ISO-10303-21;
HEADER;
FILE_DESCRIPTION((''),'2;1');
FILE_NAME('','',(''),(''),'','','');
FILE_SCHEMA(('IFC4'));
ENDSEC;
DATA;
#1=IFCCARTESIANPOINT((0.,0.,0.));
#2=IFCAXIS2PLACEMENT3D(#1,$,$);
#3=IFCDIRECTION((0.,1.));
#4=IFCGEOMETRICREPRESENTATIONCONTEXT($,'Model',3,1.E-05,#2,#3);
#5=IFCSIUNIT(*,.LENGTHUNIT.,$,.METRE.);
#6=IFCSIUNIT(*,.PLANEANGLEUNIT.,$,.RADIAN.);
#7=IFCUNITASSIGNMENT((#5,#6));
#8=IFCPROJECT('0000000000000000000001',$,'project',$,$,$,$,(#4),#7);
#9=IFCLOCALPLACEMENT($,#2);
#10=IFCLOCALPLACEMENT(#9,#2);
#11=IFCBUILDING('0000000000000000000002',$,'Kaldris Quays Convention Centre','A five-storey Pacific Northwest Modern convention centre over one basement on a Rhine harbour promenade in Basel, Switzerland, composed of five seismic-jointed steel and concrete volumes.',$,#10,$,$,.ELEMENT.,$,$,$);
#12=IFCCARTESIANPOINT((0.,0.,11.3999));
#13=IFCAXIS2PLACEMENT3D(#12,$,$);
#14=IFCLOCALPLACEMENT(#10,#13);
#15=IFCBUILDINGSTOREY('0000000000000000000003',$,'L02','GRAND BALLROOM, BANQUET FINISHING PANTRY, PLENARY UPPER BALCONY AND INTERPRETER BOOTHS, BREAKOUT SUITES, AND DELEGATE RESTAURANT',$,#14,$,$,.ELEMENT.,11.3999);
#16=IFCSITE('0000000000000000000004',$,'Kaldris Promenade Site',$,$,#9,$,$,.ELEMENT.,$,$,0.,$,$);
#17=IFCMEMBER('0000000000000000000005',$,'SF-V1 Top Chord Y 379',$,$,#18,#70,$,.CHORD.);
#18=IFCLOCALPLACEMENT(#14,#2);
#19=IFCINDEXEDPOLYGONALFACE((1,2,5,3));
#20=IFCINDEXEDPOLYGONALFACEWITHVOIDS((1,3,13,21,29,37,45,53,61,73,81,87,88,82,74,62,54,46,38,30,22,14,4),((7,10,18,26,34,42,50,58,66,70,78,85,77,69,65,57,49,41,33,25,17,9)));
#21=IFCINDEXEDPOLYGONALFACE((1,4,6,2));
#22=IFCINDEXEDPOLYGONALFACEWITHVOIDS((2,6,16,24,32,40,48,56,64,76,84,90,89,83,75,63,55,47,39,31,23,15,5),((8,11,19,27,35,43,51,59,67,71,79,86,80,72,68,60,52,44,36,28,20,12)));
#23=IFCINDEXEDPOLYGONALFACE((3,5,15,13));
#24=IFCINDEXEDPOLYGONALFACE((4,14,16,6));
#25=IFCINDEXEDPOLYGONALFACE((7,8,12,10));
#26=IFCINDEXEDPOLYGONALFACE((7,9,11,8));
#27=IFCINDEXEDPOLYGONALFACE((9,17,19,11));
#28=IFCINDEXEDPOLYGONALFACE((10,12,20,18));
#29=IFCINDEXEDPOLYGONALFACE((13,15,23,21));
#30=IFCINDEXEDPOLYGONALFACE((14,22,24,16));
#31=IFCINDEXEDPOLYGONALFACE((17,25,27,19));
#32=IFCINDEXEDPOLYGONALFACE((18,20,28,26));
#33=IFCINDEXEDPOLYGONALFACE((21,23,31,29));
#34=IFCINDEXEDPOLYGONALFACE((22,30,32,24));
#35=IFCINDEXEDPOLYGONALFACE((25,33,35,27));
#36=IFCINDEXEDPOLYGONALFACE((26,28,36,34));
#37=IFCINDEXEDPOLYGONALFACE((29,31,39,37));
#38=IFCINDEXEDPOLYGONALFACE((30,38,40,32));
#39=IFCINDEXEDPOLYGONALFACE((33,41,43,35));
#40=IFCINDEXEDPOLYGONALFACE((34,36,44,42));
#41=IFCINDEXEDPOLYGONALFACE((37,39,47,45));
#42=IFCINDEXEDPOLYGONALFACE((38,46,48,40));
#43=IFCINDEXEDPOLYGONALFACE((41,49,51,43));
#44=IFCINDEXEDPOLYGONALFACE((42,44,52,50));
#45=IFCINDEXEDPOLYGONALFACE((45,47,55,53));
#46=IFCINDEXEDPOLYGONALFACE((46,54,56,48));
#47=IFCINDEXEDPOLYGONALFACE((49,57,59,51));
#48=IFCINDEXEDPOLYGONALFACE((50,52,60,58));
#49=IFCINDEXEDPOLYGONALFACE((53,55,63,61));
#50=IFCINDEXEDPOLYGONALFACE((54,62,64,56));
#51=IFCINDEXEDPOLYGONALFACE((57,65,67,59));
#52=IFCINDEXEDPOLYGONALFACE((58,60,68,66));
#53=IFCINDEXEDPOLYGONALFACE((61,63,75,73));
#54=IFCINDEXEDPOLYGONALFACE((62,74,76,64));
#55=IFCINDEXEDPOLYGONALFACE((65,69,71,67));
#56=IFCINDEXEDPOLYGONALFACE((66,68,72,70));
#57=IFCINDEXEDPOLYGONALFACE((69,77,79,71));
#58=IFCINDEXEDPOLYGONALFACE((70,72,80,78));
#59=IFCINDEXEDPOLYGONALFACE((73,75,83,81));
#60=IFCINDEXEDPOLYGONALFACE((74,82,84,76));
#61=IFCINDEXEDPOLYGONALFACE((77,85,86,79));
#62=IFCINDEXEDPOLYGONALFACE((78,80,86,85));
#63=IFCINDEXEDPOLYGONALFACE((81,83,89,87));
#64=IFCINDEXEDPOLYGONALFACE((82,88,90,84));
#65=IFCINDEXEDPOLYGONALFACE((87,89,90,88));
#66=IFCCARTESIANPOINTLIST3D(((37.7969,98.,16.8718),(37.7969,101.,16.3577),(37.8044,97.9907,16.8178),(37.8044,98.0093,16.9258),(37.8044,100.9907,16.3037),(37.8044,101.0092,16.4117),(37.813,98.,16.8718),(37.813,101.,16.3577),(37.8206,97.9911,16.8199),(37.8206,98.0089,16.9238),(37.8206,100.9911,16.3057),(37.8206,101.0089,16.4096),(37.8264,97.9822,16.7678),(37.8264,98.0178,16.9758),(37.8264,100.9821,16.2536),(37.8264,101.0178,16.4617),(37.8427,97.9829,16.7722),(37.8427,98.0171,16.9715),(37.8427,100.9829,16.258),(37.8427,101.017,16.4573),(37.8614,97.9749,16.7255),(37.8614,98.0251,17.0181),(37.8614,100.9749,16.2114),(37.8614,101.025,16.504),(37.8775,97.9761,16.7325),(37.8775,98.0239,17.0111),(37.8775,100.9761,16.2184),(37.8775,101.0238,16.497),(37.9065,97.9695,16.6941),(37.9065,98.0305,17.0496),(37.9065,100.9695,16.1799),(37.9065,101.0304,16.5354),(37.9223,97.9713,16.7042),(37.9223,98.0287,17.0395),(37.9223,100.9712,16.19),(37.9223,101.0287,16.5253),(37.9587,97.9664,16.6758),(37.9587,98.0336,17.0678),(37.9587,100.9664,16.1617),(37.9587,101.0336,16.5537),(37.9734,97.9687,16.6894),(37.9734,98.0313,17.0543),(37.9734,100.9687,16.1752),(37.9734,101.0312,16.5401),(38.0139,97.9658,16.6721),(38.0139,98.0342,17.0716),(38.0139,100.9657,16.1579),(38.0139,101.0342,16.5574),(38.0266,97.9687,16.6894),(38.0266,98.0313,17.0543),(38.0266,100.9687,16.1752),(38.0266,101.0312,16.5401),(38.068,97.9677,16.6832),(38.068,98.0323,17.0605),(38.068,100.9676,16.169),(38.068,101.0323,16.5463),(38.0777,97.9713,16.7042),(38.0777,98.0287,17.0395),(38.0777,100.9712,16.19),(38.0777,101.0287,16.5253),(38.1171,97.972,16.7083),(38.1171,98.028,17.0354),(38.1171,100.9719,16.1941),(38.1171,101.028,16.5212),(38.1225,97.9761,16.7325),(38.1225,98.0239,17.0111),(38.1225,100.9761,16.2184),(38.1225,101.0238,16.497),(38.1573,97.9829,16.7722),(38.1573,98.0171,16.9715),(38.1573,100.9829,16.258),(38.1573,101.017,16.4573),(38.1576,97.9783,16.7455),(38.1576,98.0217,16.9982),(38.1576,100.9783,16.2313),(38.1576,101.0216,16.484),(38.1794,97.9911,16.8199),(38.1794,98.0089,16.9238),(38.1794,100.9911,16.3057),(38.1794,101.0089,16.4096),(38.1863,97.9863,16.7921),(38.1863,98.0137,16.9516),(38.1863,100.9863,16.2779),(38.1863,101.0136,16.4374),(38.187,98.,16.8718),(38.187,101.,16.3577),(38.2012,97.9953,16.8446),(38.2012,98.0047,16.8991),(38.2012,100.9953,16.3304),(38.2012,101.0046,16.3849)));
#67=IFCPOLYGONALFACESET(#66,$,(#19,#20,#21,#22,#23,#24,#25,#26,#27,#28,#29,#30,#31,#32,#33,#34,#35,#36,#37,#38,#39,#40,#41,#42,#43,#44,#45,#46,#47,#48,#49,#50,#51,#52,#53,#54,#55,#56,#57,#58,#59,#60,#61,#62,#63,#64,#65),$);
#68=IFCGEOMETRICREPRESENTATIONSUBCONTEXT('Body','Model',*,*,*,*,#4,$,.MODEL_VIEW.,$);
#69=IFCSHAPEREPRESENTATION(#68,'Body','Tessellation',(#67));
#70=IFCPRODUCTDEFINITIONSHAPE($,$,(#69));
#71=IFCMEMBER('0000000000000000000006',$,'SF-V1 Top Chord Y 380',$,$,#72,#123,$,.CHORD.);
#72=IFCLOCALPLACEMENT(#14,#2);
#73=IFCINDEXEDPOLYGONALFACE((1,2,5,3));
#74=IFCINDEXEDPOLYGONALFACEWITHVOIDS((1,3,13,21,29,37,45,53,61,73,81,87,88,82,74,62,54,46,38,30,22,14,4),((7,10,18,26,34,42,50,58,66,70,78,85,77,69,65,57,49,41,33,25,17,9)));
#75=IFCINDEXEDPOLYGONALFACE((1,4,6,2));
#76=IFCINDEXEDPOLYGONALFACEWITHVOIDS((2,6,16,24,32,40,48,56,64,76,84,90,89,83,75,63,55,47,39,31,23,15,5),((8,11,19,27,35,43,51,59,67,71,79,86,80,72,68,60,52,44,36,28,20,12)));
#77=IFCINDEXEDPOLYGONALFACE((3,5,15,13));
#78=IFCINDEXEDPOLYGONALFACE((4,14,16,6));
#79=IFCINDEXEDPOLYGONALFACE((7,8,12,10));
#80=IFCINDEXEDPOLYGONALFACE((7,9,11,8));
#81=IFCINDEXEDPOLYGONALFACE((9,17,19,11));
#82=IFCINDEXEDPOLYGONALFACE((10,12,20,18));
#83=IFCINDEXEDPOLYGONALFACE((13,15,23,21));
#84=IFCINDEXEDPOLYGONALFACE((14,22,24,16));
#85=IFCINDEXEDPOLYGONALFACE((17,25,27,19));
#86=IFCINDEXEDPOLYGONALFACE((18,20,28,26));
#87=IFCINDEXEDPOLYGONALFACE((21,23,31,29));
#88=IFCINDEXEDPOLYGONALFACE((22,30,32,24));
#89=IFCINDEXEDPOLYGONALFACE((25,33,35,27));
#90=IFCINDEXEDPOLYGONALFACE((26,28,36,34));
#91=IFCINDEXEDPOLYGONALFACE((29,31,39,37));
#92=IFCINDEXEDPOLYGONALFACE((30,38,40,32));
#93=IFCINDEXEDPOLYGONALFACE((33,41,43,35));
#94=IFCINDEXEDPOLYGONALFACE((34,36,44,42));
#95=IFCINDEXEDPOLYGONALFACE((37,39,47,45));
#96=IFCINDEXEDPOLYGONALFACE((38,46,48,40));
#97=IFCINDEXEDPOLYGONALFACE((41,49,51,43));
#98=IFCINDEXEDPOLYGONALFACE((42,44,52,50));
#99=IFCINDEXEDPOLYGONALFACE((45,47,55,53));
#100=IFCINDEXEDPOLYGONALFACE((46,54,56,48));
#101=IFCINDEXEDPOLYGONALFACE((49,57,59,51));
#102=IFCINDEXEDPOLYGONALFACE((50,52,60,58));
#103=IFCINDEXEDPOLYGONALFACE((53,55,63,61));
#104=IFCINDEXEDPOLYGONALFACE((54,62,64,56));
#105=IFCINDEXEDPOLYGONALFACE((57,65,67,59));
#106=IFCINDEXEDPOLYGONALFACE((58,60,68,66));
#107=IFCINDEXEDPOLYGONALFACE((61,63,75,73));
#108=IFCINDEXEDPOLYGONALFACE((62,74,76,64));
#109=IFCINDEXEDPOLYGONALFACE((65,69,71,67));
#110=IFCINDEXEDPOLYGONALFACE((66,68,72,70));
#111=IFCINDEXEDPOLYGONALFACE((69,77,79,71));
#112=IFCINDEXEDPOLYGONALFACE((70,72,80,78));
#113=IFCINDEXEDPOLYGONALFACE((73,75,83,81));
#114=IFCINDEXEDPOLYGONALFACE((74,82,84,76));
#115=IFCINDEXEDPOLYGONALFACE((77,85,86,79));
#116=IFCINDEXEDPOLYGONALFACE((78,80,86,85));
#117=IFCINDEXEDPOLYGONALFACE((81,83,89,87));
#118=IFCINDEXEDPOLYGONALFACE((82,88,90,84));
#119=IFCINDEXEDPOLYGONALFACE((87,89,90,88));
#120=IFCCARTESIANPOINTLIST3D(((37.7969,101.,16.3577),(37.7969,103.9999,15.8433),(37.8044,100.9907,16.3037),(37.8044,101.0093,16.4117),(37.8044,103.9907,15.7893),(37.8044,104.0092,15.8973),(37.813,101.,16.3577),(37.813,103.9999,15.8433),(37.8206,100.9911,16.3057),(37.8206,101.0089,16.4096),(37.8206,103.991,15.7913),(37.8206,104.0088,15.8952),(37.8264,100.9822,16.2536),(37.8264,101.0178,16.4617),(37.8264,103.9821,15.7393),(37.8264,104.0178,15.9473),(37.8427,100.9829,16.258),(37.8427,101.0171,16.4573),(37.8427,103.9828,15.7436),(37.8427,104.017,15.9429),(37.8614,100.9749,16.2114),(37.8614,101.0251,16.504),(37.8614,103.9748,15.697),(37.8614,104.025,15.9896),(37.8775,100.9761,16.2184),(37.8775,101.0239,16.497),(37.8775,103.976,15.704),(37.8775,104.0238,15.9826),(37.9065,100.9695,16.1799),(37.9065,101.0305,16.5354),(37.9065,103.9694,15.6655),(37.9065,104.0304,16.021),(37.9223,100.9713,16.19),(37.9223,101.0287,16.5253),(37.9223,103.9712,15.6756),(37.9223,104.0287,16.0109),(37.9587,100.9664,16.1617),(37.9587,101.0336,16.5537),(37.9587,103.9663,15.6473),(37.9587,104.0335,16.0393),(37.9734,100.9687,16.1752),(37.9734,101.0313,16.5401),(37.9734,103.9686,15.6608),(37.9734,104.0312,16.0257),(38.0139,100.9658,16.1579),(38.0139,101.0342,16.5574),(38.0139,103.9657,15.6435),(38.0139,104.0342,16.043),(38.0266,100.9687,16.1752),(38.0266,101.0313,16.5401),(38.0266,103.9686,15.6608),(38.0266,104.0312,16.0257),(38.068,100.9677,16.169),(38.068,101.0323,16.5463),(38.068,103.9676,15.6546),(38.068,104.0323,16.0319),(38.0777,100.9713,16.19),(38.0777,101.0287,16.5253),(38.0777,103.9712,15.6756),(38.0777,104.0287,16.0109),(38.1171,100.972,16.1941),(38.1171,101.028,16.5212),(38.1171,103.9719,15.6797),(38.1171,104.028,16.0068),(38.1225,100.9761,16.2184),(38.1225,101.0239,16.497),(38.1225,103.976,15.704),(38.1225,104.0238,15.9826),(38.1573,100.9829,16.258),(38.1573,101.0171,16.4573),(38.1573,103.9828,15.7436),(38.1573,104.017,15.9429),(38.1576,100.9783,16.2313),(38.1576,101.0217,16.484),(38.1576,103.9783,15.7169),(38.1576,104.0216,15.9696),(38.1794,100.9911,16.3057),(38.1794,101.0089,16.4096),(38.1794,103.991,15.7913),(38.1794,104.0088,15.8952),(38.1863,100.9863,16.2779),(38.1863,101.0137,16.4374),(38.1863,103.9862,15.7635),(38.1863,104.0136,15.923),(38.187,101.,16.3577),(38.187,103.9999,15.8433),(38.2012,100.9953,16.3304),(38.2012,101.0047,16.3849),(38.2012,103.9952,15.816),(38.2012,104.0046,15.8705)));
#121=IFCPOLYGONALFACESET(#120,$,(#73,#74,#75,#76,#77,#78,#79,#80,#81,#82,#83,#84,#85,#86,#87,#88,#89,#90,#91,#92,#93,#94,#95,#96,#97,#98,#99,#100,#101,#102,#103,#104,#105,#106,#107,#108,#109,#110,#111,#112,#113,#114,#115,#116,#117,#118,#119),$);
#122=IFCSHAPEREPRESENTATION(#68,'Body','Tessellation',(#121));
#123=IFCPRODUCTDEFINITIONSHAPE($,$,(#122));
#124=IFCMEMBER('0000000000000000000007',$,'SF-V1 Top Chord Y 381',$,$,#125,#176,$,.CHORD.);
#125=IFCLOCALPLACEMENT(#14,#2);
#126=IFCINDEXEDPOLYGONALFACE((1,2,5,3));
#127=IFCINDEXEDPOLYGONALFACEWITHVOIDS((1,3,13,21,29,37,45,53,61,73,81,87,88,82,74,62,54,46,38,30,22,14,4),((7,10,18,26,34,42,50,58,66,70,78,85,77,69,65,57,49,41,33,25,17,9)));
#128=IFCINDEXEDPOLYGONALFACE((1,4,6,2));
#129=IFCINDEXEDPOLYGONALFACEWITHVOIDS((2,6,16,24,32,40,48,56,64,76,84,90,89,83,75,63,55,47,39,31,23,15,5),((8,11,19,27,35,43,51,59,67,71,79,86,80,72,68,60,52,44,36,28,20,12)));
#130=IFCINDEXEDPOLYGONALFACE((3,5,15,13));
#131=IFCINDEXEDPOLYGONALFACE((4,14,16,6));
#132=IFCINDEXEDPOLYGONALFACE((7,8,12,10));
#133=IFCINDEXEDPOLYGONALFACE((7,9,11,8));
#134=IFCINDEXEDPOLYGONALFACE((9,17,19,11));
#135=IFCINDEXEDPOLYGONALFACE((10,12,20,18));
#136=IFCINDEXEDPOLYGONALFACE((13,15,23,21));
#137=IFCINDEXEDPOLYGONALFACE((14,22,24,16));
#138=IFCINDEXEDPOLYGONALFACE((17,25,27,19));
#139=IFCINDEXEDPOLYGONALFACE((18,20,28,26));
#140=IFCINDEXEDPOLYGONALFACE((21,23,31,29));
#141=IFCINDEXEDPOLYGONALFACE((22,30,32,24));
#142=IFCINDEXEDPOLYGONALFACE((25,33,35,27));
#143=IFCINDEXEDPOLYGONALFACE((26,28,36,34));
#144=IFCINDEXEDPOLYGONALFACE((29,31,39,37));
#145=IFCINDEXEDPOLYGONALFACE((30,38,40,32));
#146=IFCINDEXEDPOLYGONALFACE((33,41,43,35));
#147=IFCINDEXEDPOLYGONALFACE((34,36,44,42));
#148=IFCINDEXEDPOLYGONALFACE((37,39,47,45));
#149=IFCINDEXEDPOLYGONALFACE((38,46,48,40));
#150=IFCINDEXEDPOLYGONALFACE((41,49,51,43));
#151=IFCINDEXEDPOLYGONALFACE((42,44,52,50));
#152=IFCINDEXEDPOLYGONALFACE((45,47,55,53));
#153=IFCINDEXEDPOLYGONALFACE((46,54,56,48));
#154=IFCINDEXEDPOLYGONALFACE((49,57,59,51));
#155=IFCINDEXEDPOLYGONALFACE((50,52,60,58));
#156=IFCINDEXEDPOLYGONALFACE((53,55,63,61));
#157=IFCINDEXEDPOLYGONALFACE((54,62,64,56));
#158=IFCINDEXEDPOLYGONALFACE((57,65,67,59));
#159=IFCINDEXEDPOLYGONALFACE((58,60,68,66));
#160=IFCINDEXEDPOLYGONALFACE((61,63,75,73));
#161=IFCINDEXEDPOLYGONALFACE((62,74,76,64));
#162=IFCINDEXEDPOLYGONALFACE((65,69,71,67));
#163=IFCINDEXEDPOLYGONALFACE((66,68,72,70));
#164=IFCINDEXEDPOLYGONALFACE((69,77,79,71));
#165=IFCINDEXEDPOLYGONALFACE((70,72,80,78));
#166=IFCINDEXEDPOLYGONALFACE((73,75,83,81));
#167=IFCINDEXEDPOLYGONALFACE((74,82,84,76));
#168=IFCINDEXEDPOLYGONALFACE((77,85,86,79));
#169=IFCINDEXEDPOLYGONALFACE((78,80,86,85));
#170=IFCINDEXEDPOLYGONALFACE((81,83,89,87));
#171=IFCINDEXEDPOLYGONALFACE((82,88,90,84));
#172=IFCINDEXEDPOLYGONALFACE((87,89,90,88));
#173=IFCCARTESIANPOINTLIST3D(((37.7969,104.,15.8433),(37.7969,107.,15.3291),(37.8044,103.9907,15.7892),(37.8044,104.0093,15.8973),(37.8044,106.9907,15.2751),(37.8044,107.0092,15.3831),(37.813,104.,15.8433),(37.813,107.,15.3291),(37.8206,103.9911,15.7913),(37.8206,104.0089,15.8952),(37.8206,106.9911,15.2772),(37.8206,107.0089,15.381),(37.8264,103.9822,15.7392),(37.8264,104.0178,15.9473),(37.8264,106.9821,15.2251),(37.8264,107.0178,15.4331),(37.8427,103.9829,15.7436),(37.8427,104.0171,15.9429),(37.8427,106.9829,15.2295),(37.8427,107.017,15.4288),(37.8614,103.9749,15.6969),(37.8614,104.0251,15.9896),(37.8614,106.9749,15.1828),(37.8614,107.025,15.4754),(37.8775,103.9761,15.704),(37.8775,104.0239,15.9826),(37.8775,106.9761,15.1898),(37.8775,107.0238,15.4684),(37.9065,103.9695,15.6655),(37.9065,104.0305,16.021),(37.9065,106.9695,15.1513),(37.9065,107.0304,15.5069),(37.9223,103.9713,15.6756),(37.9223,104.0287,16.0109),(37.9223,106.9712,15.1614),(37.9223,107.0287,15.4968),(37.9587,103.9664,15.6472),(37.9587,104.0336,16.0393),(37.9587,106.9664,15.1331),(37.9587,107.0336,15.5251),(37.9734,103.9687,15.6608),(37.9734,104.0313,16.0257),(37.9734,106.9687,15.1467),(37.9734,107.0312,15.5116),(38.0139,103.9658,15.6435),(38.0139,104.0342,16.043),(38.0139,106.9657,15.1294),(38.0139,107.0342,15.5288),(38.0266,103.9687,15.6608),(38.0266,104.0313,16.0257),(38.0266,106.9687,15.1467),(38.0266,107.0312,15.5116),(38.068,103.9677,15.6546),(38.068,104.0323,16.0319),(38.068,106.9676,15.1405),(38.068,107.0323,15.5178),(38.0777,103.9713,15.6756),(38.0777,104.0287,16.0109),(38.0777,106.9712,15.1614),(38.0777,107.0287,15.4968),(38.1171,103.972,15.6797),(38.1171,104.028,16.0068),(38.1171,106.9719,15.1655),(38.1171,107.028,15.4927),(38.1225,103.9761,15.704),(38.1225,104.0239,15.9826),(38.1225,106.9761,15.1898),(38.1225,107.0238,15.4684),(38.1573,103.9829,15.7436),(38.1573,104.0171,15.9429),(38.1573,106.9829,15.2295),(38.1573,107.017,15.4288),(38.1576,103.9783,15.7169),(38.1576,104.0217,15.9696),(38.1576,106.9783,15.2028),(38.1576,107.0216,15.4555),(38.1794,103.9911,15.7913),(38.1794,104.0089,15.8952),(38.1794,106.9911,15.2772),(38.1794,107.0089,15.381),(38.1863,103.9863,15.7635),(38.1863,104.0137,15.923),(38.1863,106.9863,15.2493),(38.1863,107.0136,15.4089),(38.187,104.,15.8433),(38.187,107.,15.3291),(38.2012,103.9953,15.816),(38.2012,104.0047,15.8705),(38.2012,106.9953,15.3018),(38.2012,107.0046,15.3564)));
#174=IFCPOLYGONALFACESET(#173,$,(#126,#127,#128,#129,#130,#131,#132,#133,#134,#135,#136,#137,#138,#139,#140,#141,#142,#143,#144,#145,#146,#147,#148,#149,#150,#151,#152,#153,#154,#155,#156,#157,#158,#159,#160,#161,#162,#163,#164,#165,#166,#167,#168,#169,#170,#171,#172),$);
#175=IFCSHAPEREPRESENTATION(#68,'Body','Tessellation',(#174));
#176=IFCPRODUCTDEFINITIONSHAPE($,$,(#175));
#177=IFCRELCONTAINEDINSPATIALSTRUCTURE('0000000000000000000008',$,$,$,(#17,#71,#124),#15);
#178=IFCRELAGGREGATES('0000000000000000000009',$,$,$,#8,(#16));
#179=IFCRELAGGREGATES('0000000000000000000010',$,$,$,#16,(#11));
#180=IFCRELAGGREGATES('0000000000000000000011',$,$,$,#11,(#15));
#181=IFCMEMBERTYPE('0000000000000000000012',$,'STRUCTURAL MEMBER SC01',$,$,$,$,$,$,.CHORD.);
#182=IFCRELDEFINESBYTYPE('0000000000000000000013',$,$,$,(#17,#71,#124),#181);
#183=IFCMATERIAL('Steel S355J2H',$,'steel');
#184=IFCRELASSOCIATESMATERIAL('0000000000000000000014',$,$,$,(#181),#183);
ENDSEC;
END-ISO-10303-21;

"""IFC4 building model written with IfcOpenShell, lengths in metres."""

from ifc_helpers import new_model, si_unit, direction, frame, origin, origin_2d, place, context, subcontext, project, spatial, hollow_circle, extrude, material, material_profile, profile_set, type_object, element, save


model = new_model("IFC4")

# Units and contexts
model_context = context("Model", 3, precision=1e-05, world=origin(), true_north=direction((0.0, 1.0)))
body_context = subcontext(model_context, "Body", "Model", "MODEL_VIEW")
ifc_project = project(units=[si_unit("LENGTHUNIT", "METRE"), si_unit("PLANEANGLEUNIT", "RADIAN")], contexts=[model_context])

# Site, building, storey
site_placement = place(None, origin())
site = spatial("IfcSite", under=ifc_project, at=site_placement, Name="Kaldris Promenade Site", CompositionType="ELEMENT", RefElevation=0.0)
building_placement = place(site_placement, origin())
building = spatial("IfcBuilding", under=site, at=building_placement, Name="Kaldris Quays Convention Centre", Description="A five-storey Pacific Northwest Modern convention centre over one basement on a Rhine harbour promenade in Basel, Switzerland, composed of five seismic-jointed steel and concrete volumes.", CompositionType="ELEMENT")
storey_placement = place(building_placement, frame((0.0, 0.0, 11.3999)))
storey = spatial("IfcBuildingStorey", under=building, at=storey_placement, Name="L02", Description="GRAND BALLROOM, BANQUET FINISHING PANTRY, PLENARY UPPER BALCONY AND INTERPRETER BOOTHS, BREAKOUT SUITES, AND DELEGATE RESTAURANT", CompositionType="ELEMENT", Elevation=11.3999)

# Members
ifc_material_1 = material(Name="Steel S355J2H", Category="steel")
ifc_material_profile_1 = material_profile(ifc_material_1, hollow_circle(Radius=0.2031, WallThickness=0.0161, at=origin_2d()), Name="CHS 406.4x16")
ifc_profile_set_1 = profile_set([ifc_material_profile_1], Name="Steel S355J2H")
member_type_1 = type_object("IfcMemberType", Name="STRUCTURAL MEMBER SC01", PredefinedType="CHORD", material=ifc_profile_set_1)
for number, where, z_axis, x_axis, name in (
    (1, (38.0, 98.0, 16.8718), (0.0, 0.985629, -0.168924), (-1.0, 0.0, 0.0), "SF-V1 Top Chord Y 379"),
    (2, (38.0, 101.0, 16.3577), (0.0, 0.985616, -0.169002), (-1.0, 0.0, 0.0), "SF-V1 Top Chord Y 380"),
    (3, (38.0, 104.0, 15.8433), (0.0, 0.985629, -0.168924), (-1.0, 0.0, 0.0), "SF-V1 Top Chord Y 381"),
):
    element("IfcMember", number, at=place(storey_placement, frame(where, z_axis=z_axis, x_axis=x_axis)), inside=storey, type_object=member_type_1, Name=name, PredefinedType="CHORD", context=body_context, shape_type="SweptSolid", body=[
        extrude(hollow_circle(Radius=0.2031, WallThickness=0.0161, at=origin_2d()), origin(), (0.0, 0.0, 1.0), 3.0437),
    ])

save(model, "model.ifc")
